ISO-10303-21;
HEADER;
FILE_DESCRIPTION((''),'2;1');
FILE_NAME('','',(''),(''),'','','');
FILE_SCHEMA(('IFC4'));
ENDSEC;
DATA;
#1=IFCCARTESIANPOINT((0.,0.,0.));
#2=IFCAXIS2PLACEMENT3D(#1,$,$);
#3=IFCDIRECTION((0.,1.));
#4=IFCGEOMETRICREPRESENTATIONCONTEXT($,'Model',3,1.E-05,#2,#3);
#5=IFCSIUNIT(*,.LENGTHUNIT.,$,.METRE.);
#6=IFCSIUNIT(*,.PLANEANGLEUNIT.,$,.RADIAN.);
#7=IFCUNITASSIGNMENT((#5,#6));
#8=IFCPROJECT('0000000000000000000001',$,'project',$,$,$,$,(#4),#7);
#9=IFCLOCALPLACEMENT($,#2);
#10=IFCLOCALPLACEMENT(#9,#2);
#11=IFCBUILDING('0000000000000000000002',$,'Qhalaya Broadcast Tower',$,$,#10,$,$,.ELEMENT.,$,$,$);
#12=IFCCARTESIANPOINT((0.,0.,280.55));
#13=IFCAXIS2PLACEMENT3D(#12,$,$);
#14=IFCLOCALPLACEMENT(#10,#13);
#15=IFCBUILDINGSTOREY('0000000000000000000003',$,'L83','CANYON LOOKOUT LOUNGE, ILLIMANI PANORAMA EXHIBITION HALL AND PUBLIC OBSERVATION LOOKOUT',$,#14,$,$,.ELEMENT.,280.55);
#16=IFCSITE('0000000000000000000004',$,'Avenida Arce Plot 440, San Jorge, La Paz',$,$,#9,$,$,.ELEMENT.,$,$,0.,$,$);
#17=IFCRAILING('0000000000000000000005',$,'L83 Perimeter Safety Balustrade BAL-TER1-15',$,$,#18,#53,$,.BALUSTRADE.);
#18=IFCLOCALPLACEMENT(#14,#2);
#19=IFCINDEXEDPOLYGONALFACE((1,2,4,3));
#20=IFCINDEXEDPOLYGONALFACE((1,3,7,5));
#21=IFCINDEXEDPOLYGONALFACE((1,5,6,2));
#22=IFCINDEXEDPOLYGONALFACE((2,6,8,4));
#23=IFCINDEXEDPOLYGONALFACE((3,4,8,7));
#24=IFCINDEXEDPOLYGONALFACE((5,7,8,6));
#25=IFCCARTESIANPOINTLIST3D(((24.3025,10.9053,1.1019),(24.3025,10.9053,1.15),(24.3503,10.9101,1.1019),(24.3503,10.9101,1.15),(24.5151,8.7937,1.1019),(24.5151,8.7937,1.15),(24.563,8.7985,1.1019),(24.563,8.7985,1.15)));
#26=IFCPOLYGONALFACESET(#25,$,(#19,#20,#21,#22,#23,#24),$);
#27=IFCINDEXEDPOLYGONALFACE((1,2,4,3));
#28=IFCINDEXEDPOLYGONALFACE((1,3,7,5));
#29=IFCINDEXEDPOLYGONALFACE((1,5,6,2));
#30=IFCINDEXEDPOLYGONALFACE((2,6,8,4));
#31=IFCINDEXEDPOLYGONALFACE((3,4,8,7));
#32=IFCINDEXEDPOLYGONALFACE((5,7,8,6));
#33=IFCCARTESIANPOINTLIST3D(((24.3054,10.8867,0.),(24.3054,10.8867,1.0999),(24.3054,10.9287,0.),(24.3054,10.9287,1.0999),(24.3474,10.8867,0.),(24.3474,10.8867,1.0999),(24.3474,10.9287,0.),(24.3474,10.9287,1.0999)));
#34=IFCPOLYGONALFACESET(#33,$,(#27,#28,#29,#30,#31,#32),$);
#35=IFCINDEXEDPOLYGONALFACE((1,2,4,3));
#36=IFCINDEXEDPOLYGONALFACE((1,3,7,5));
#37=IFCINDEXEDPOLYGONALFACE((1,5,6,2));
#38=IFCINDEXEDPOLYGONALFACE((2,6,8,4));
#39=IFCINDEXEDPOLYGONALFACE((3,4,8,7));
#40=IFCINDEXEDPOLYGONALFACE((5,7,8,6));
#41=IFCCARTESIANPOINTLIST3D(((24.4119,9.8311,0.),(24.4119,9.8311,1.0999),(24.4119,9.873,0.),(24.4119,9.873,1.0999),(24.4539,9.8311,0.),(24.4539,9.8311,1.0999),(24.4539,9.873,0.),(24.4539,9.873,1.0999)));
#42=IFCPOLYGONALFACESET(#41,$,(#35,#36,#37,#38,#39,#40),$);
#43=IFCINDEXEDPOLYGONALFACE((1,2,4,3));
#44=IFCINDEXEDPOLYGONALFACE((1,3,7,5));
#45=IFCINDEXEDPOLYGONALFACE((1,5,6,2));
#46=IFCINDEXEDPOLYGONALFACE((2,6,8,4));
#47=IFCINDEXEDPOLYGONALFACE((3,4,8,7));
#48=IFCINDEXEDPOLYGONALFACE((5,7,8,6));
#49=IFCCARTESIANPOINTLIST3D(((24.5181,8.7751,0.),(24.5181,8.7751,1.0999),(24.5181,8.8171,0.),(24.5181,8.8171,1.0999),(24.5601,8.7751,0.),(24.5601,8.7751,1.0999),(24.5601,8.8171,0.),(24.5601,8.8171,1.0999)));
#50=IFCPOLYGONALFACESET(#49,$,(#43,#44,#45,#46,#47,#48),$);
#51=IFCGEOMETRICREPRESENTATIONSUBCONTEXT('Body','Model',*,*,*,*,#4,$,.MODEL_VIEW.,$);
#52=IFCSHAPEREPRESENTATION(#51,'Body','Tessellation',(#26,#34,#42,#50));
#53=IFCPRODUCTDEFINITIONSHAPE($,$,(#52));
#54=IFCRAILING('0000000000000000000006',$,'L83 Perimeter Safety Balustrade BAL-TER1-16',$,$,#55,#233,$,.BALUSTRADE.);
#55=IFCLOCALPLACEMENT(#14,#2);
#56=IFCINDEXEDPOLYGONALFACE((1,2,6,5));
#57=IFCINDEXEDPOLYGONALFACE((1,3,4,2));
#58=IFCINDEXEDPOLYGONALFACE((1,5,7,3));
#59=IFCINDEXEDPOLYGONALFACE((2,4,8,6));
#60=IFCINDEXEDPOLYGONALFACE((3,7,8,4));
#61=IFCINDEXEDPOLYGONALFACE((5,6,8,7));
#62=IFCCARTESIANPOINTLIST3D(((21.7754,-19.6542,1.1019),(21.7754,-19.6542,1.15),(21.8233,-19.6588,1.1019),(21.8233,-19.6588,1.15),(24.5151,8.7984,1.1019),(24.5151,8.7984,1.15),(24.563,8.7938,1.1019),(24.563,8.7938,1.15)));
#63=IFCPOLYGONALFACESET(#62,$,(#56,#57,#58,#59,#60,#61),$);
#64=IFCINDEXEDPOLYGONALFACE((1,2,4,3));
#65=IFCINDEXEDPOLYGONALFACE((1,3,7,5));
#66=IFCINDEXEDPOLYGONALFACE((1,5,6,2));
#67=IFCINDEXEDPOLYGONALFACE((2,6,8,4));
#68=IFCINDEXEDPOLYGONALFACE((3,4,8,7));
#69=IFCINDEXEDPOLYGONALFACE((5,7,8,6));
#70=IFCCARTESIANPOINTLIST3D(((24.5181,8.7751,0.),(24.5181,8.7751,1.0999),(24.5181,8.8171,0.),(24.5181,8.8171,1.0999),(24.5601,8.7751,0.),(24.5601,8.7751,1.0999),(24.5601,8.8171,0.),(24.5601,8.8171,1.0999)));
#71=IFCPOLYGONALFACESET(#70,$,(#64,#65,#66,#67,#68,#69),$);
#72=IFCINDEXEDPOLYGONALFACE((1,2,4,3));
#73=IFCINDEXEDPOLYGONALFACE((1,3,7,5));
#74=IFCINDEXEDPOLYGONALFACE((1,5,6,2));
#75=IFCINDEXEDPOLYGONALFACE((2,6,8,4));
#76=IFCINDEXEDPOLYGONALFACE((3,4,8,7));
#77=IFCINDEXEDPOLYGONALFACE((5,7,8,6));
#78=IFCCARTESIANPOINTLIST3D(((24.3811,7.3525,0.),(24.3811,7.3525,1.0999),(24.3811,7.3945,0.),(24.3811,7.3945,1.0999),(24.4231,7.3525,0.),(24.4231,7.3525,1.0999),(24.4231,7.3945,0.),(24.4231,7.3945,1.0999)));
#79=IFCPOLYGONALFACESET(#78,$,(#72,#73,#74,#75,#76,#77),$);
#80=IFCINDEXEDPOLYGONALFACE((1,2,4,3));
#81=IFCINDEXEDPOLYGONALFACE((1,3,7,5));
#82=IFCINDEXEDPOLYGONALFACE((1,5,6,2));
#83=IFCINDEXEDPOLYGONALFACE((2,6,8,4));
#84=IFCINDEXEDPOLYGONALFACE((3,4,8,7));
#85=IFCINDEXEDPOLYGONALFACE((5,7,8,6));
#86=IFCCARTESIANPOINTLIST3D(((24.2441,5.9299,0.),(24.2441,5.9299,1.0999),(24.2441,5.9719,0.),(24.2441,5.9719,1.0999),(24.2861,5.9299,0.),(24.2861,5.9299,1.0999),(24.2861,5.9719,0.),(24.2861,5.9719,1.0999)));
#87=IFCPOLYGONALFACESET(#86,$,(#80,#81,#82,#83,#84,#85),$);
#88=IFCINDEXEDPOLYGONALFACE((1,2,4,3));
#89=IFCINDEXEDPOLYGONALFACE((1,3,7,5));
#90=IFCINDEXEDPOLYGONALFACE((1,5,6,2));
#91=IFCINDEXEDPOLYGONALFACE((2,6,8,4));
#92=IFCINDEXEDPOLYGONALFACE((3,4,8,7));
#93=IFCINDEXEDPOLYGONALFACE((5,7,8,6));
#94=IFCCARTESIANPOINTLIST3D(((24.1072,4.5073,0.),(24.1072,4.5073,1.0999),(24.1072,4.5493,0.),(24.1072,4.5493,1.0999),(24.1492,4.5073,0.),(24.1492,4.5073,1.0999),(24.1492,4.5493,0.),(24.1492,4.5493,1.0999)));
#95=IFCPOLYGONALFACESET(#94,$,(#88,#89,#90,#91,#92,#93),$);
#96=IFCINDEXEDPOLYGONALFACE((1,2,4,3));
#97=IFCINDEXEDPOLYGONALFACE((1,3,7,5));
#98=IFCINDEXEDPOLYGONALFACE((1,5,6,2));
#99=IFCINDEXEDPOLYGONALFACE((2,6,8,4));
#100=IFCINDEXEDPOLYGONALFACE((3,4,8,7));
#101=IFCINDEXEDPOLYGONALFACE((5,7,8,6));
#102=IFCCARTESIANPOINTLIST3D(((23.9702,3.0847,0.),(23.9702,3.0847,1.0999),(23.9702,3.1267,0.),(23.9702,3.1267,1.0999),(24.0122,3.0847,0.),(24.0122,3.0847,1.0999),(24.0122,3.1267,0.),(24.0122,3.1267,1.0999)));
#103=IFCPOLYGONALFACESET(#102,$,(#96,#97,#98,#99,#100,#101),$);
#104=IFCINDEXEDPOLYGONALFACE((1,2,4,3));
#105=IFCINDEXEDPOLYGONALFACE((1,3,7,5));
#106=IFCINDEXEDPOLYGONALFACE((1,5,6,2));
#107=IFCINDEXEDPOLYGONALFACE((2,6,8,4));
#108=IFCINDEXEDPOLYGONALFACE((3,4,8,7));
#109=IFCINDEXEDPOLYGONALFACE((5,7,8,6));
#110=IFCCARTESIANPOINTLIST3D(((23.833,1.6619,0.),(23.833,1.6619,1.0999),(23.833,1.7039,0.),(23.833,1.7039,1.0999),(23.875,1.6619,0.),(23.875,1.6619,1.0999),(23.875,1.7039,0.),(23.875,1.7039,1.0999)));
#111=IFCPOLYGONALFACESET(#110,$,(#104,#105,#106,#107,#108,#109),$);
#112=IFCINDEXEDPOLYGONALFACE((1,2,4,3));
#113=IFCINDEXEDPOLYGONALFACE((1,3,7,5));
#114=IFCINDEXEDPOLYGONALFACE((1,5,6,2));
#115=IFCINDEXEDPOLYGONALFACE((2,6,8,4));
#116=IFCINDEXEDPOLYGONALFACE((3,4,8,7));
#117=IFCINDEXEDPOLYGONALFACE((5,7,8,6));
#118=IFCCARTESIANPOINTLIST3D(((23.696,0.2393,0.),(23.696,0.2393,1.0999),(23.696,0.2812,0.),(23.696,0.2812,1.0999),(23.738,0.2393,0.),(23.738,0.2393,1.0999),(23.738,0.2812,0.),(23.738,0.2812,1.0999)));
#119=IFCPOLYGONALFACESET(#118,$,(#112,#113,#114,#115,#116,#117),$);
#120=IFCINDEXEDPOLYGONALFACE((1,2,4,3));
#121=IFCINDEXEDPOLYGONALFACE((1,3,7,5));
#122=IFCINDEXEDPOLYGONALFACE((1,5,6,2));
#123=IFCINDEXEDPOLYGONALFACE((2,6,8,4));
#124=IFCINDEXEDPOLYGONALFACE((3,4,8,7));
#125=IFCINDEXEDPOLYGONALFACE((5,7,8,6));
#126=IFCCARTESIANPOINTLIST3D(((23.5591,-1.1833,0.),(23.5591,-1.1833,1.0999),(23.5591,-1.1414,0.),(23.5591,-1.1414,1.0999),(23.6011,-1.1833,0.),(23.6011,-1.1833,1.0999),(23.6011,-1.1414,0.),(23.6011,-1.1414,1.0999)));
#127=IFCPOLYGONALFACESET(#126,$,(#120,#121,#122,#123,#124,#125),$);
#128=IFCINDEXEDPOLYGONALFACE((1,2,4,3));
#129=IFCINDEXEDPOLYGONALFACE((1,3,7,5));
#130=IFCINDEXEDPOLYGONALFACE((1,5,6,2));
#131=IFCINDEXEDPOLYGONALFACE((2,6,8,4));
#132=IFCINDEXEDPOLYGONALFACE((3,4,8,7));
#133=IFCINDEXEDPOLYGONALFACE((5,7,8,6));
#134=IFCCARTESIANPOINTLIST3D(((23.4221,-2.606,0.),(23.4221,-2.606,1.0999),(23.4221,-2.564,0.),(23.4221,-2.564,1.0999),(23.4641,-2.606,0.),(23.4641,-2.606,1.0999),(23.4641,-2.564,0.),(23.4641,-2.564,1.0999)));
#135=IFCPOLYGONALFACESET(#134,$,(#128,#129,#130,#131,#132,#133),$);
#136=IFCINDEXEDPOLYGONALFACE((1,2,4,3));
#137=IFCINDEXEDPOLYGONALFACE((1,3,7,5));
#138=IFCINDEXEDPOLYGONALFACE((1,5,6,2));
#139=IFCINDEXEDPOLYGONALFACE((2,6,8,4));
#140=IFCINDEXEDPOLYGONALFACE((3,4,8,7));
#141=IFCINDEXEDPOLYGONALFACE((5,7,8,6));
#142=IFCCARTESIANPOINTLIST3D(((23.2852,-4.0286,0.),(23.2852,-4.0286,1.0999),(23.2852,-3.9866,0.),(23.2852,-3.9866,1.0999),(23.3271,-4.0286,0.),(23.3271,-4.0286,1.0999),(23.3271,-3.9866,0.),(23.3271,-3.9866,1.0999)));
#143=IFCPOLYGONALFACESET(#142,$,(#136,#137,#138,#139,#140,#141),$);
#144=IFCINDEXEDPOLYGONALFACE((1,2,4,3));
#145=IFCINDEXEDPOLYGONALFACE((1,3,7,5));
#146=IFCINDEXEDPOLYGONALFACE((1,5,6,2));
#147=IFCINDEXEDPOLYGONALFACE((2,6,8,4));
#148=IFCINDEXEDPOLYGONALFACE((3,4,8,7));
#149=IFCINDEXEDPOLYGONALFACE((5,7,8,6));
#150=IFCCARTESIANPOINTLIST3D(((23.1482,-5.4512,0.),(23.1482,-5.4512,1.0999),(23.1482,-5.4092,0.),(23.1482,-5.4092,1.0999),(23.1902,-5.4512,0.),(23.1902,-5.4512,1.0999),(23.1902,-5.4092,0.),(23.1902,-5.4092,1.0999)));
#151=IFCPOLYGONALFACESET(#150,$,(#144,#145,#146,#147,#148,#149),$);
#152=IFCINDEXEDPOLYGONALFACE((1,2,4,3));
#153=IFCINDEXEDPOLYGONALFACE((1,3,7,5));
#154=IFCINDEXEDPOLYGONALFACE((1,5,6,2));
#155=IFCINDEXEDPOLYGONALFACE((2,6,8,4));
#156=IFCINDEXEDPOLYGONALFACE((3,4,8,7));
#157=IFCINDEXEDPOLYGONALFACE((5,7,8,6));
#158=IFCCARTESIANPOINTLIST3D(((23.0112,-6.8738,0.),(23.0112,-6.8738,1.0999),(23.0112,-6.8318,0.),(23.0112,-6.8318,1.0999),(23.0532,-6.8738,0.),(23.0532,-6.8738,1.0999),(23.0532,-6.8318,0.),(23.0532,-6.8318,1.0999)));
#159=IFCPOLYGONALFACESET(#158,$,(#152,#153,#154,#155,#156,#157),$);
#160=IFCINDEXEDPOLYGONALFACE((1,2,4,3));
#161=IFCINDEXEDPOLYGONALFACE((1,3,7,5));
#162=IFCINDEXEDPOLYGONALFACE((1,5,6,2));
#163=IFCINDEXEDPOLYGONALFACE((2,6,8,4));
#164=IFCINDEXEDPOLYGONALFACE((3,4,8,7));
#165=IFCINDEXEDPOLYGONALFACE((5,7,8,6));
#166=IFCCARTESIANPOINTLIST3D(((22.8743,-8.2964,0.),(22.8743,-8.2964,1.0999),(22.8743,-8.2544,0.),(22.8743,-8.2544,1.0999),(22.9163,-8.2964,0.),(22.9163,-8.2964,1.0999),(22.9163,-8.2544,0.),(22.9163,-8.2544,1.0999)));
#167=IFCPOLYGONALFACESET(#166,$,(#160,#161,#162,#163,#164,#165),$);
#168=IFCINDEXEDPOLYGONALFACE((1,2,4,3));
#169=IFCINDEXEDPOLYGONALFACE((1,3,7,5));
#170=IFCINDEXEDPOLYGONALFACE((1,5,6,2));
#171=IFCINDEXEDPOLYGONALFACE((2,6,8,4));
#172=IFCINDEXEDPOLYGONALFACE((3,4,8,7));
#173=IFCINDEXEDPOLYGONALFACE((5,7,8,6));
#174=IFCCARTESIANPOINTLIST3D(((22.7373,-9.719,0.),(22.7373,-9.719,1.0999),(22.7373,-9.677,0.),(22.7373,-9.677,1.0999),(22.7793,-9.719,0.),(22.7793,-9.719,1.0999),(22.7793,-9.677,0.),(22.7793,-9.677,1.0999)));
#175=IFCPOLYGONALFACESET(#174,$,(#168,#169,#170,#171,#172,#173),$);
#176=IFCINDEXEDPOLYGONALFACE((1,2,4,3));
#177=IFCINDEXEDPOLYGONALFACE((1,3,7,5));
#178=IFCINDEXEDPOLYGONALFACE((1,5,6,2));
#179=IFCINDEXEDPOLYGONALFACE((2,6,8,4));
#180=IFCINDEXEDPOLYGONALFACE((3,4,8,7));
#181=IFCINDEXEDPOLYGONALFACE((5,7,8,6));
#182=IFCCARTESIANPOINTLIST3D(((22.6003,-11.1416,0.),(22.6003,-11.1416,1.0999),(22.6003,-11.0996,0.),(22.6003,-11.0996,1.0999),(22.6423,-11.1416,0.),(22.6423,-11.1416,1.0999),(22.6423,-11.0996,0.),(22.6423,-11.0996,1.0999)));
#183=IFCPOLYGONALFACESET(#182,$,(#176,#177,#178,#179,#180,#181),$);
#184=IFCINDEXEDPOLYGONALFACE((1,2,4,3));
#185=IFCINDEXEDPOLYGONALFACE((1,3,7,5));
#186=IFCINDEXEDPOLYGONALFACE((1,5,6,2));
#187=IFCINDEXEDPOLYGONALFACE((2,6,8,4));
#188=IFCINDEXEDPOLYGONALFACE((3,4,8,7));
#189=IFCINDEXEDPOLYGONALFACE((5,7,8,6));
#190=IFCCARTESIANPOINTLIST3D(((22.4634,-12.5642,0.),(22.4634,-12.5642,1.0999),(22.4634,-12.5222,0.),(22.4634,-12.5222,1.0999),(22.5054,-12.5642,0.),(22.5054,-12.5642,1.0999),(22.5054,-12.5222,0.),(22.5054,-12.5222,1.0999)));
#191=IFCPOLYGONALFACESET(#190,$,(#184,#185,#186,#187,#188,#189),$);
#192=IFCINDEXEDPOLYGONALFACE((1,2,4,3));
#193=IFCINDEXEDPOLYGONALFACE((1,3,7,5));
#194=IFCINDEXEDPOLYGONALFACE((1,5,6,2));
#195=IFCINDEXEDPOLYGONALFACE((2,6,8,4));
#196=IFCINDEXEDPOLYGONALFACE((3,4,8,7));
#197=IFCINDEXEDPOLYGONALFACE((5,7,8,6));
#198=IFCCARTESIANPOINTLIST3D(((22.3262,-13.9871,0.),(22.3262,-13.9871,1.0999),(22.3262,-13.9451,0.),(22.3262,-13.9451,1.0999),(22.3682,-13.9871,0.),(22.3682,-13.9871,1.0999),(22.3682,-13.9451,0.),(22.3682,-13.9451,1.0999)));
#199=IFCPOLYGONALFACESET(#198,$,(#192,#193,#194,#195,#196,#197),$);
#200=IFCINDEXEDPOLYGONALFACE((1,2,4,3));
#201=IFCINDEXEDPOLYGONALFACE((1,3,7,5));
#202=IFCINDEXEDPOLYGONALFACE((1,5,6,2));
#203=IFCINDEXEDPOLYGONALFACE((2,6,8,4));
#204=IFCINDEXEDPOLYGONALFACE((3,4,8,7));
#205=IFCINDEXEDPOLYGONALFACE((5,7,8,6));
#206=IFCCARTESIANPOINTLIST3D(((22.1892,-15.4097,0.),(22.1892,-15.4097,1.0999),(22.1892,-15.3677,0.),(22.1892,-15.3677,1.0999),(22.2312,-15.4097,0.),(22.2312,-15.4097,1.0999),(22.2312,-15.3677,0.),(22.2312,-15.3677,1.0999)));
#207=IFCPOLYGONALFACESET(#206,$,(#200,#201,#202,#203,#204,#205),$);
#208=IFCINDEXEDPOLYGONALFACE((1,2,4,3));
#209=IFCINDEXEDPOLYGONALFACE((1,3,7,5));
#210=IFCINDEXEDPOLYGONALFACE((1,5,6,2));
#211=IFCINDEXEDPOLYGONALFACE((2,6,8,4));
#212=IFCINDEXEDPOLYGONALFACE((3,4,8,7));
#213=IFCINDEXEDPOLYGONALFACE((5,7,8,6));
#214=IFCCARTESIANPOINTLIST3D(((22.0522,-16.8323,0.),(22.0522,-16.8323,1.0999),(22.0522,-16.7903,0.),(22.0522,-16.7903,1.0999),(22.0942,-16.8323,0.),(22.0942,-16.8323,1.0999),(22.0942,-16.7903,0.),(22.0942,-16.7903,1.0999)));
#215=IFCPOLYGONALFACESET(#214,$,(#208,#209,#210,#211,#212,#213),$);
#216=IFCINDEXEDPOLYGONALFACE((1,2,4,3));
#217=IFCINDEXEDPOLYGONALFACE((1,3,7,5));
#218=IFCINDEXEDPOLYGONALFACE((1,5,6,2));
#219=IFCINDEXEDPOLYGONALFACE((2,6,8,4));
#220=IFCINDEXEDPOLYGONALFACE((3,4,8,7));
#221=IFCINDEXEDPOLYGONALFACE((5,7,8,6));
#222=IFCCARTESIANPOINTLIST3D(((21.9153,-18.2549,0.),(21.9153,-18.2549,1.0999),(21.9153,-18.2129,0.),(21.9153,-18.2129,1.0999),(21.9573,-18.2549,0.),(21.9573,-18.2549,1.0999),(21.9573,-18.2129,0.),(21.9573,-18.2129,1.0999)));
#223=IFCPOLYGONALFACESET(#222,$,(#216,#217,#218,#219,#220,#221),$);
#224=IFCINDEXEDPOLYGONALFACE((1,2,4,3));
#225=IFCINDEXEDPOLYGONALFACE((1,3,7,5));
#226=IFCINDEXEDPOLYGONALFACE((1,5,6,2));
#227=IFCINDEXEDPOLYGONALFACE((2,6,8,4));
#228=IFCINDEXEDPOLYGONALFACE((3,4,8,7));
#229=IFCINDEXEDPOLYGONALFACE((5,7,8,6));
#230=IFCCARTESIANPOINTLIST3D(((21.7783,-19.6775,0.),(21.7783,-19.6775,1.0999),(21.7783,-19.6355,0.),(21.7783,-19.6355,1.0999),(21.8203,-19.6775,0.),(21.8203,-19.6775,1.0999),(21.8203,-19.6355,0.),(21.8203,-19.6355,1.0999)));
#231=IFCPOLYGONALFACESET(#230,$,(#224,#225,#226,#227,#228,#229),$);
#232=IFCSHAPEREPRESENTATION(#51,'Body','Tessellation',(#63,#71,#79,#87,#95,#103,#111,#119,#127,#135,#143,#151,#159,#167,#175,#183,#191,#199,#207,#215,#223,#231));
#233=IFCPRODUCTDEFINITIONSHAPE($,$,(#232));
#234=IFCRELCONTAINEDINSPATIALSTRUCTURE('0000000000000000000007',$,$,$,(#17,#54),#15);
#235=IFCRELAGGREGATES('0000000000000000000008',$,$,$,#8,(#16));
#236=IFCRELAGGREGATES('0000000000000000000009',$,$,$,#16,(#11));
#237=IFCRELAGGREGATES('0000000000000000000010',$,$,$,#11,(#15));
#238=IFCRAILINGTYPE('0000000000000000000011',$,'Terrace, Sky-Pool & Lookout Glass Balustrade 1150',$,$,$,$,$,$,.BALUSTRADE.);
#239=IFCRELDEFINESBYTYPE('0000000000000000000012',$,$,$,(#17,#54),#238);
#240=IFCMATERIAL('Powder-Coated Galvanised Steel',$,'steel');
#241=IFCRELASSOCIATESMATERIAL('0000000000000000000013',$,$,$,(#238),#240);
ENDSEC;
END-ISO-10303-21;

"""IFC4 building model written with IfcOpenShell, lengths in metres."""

from ifc_helpers import new_model, si_unit, direction, frame, origin, origin_2d, place, context, subcontext, project, spatial, rectangle, extrude, material, type_object, element, save


model = new_model("IFC4")

# Units and contexts
model_context = context("Model", 3, precision=1e-05, world=origin(), true_north=direction((0.0, 1.0)))
body_context = subcontext(model_context, "Body", "Model", "MODEL_VIEW")
ifc_project = project(units=[si_unit("LENGTHUNIT", "METRE"), si_unit("PLANEANGLEUNIT", "RADIAN")], contexts=[model_context])

# Site, building, storey
site_placement = place(None, origin())
site = spatial("IfcSite", under=ifc_project, at=site_placement, Name="Avenida Arce Plot 440, San Jorge, La Paz", CompositionType="ELEMENT", RefElevation=0.0)
building_placement = place(site_placement, origin())
building = spatial("IfcBuilding", under=site, at=building_placement, Name="Qhalaya Broadcast Tower", CompositionType="ELEMENT")
storey_placement = place(building_placement, frame((0.0, 0.0, 280.55)))
storey = spatial("IfcBuildingStorey", under=building, at=storey_placement, Name="L83", Description="CANYON LOOKOUT LOUNGE, ILLIMANI PANORAMA EXHIBITION HALL AND PUBLIC OBSERVATION LOOKOUT", CompositionType="ELEMENT", Elevation=280.55)

# Railings
ifc_material_1 = material(Name="Powder-Coated Galvanised Steel", Category="steel")
railing_type = type_object("IfcRailingType", Name="Terrace, Sky-Pool & Lookout Glass Balustrade 1150", PredefinedType="BALUSTRADE", material=ifc_material_1)
railing_1_placement = place(storey_placement, frame((24.3264, 10.9077, 0.0)))
element("IfcRailing", 1, at=railing_1_placement, inside=storey, type_object=railing_type, Name="L83 Perimeter Safety Balustrade BAL-TER1-15", PredefinedType="BALUSTRADE", context=body_context, shape_type="SweptSolid", body=[
    extrude(rectangle(XDim=0.0481, YDim=0.0481, at=origin_2d()), frame((0.0, 0.0, 1.126), z_axis=(0.100198, -0.994967, 0.0), x_axis=(0.994967, 0.100198, 0.0)), (0.0, 0.0, 1.0), 2.1223),
    extrude(rectangle(XDim=0.042, YDim=0.042, at=origin_2d()), origin(), (0.0, 0.0, 1.0), 1.0999),
    extrude(rectangle(XDim=0.042, YDim=0.042, at=origin_2d()), frame((0.1064, -1.0557, 0.0)), (0.0, 0.0, 1.0), 1.0999),
    extrude(rectangle(XDim=0.042, YDim=0.042, at=origin_2d()), frame((0.2126, -2.1116, 0.0)), (0.0, 0.0, 1.0), 1.0999),
])
railing_2_placement = place(storey_placement, frame((24.5391, 8.7961, 0.0)))
element("IfcRailing", 2, at=railing_2_placement, inside=storey, type_object=railing_type, Name="L83 Perimeter Safety Balustrade BAL-TER1-16", PredefinedType="BALUSTRADE", context=body_context, shape_type="SweptSolid", body=[
    extrude(rectangle(XDim=0.0481, YDim=0.0481, at=origin_2d()), frame((0.0, 0.0, 1.126), z_axis=(-0.095848, -0.995396, 0.0), x_axis=(0.995396, -0.095848, 0.0)), (0.0, 0.0, 1.0), 28.5842),
    extrude(rectangle(XDim=0.042, YDim=0.042, at=origin_2d()), origin(), (0.0, 0.0, 1.0), 1.0999),
    extrude(rectangle(XDim=0.042, YDim=0.042, at=origin_2d()), frame((-0.137, -1.4226, 0.0)), (0.0, 0.0, 1.0), 1.0999),
    extrude(rectangle(XDim=0.042, YDim=0.042, at=origin_2d()), frame((-0.2739, -2.8452, 0.0)), (0.0, 0.0, 1.0), 1.0999),
    extrude(rectangle(XDim=0.042, YDim=0.042, at=origin_2d()), frame((-0.4109, -4.2678, 0.0)), (0.0, 0.0, 1.0), 1.0999),
    extrude(rectangle(XDim=0.042, YDim=0.042, at=origin_2d()), frame((-0.5479, -5.6904, 0.0)), (0.0, 0.0, 1.0), 1.0999),
    extrude(rectangle(XDim=0.042, YDim=0.042, at=origin_2d()), frame((-0.6851, -7.1133, 0.0)), (0.0, 0.0, 1.0), 1.0999),
    extrude(rectangle(XDim=0.042, YDim=0.042, at=origin_2d()), frame((-0.822, -8.5359, 0.0)), (0.0, 0.0, 1.0), 1.0999),
    extrude(rectangle(XDim=0.042, YDim=0.042, at=origin_2d()), frame((-0.959, -9.9585, 0.0)), (0.0, 0.0, 1.0), 1.0999),
    extrude(rectangle(XDim=0.042, YDim=0.042, at=origin_2d()), frame((-1.0959, -11.3811, 0.0)), (0.0, 0.0, 1.0), 1.0999),
    extrude(rectangle(XDim=0.042, YDim=0.042, at=origin_2d()), frame((-1.2329, -12.8037, 0.0)), (0.0, 0.0, 1.0), 1.0999),
    extrude(rectangle(XDim=0.042, YDim=0.042, at=origin_2d()), frame((-1.3699, -14.2263, 0.0)), (0.0, 0.0, 1.0), 1.0999),
    extrude(rectangle(XDim=0.042, YDim=0.042, at=origin_2d()), frame((-1.5068, -15.6489, 0.0)), (0.0, 0.0, 1.0), 1.0999),
    extrude(rectangle(XDim=0.042, YDim=0.042, at=origin_2d()), frame((-1.6438, -17.0715, 0.0)), (0.0, 0.0, 1.0), 1.0999),
    extrude(rectangle(XDim=0.042, YDim=0.042, at=origin_2d()), frame((-1.7808, -18.4941, 0.0)), (0.0, 0.0, 1.0), 1.0999),
    extrude(rectangle(XDim=0.042, YDim=0.042, at=origin_2d()), frame((-1.9177, -19.9167, 0.0)), (0.0, 0.0, 1.0), 1.0999),
    extrude(rectangle(XDim=0.042, YDim=0.042, at=origin_2d()), frame((-2.0547, -21.3394, 0.0)), (0.0, 0.0, 1.0), 1.0999),
    extrude(rectangle(XDim=0.042, YDim=0.042, at=origin_2d()), frame((-2.1919, -22.7622, 0.0)), (0.0, 0.0, 1.0), 1.0999),
    extrude(rectangle(XDim=0.042, YDim=0.042, at=origin_2d()), frame((-2.3289, -24.1848, 0.0)), (0.0, 0.0, 1.0), 1.0999),
    extrude(rectangle(XDim=0.042, YDim=0.042, at=origin_2d()), frame((-2.4658, -25.6074, 0.0)), (0.0, 0.0, 1.0), 1.0999),
    extrude(rectangle(XDim=0.042, YDim=0.042, at=origin_2d()), frame((-2.6028, -27.03, 0.0)), (0.0, 0.0, 1.0), 1.0999),
    extrude(rectangle(XDim=0.042, YDim=0.042, at=origin_2d()), frame((-2.7397, -28.4526, 0.0)), (0.0, 0.0, 1.0), 1.0999),
])

save(model, "model.ifc")
